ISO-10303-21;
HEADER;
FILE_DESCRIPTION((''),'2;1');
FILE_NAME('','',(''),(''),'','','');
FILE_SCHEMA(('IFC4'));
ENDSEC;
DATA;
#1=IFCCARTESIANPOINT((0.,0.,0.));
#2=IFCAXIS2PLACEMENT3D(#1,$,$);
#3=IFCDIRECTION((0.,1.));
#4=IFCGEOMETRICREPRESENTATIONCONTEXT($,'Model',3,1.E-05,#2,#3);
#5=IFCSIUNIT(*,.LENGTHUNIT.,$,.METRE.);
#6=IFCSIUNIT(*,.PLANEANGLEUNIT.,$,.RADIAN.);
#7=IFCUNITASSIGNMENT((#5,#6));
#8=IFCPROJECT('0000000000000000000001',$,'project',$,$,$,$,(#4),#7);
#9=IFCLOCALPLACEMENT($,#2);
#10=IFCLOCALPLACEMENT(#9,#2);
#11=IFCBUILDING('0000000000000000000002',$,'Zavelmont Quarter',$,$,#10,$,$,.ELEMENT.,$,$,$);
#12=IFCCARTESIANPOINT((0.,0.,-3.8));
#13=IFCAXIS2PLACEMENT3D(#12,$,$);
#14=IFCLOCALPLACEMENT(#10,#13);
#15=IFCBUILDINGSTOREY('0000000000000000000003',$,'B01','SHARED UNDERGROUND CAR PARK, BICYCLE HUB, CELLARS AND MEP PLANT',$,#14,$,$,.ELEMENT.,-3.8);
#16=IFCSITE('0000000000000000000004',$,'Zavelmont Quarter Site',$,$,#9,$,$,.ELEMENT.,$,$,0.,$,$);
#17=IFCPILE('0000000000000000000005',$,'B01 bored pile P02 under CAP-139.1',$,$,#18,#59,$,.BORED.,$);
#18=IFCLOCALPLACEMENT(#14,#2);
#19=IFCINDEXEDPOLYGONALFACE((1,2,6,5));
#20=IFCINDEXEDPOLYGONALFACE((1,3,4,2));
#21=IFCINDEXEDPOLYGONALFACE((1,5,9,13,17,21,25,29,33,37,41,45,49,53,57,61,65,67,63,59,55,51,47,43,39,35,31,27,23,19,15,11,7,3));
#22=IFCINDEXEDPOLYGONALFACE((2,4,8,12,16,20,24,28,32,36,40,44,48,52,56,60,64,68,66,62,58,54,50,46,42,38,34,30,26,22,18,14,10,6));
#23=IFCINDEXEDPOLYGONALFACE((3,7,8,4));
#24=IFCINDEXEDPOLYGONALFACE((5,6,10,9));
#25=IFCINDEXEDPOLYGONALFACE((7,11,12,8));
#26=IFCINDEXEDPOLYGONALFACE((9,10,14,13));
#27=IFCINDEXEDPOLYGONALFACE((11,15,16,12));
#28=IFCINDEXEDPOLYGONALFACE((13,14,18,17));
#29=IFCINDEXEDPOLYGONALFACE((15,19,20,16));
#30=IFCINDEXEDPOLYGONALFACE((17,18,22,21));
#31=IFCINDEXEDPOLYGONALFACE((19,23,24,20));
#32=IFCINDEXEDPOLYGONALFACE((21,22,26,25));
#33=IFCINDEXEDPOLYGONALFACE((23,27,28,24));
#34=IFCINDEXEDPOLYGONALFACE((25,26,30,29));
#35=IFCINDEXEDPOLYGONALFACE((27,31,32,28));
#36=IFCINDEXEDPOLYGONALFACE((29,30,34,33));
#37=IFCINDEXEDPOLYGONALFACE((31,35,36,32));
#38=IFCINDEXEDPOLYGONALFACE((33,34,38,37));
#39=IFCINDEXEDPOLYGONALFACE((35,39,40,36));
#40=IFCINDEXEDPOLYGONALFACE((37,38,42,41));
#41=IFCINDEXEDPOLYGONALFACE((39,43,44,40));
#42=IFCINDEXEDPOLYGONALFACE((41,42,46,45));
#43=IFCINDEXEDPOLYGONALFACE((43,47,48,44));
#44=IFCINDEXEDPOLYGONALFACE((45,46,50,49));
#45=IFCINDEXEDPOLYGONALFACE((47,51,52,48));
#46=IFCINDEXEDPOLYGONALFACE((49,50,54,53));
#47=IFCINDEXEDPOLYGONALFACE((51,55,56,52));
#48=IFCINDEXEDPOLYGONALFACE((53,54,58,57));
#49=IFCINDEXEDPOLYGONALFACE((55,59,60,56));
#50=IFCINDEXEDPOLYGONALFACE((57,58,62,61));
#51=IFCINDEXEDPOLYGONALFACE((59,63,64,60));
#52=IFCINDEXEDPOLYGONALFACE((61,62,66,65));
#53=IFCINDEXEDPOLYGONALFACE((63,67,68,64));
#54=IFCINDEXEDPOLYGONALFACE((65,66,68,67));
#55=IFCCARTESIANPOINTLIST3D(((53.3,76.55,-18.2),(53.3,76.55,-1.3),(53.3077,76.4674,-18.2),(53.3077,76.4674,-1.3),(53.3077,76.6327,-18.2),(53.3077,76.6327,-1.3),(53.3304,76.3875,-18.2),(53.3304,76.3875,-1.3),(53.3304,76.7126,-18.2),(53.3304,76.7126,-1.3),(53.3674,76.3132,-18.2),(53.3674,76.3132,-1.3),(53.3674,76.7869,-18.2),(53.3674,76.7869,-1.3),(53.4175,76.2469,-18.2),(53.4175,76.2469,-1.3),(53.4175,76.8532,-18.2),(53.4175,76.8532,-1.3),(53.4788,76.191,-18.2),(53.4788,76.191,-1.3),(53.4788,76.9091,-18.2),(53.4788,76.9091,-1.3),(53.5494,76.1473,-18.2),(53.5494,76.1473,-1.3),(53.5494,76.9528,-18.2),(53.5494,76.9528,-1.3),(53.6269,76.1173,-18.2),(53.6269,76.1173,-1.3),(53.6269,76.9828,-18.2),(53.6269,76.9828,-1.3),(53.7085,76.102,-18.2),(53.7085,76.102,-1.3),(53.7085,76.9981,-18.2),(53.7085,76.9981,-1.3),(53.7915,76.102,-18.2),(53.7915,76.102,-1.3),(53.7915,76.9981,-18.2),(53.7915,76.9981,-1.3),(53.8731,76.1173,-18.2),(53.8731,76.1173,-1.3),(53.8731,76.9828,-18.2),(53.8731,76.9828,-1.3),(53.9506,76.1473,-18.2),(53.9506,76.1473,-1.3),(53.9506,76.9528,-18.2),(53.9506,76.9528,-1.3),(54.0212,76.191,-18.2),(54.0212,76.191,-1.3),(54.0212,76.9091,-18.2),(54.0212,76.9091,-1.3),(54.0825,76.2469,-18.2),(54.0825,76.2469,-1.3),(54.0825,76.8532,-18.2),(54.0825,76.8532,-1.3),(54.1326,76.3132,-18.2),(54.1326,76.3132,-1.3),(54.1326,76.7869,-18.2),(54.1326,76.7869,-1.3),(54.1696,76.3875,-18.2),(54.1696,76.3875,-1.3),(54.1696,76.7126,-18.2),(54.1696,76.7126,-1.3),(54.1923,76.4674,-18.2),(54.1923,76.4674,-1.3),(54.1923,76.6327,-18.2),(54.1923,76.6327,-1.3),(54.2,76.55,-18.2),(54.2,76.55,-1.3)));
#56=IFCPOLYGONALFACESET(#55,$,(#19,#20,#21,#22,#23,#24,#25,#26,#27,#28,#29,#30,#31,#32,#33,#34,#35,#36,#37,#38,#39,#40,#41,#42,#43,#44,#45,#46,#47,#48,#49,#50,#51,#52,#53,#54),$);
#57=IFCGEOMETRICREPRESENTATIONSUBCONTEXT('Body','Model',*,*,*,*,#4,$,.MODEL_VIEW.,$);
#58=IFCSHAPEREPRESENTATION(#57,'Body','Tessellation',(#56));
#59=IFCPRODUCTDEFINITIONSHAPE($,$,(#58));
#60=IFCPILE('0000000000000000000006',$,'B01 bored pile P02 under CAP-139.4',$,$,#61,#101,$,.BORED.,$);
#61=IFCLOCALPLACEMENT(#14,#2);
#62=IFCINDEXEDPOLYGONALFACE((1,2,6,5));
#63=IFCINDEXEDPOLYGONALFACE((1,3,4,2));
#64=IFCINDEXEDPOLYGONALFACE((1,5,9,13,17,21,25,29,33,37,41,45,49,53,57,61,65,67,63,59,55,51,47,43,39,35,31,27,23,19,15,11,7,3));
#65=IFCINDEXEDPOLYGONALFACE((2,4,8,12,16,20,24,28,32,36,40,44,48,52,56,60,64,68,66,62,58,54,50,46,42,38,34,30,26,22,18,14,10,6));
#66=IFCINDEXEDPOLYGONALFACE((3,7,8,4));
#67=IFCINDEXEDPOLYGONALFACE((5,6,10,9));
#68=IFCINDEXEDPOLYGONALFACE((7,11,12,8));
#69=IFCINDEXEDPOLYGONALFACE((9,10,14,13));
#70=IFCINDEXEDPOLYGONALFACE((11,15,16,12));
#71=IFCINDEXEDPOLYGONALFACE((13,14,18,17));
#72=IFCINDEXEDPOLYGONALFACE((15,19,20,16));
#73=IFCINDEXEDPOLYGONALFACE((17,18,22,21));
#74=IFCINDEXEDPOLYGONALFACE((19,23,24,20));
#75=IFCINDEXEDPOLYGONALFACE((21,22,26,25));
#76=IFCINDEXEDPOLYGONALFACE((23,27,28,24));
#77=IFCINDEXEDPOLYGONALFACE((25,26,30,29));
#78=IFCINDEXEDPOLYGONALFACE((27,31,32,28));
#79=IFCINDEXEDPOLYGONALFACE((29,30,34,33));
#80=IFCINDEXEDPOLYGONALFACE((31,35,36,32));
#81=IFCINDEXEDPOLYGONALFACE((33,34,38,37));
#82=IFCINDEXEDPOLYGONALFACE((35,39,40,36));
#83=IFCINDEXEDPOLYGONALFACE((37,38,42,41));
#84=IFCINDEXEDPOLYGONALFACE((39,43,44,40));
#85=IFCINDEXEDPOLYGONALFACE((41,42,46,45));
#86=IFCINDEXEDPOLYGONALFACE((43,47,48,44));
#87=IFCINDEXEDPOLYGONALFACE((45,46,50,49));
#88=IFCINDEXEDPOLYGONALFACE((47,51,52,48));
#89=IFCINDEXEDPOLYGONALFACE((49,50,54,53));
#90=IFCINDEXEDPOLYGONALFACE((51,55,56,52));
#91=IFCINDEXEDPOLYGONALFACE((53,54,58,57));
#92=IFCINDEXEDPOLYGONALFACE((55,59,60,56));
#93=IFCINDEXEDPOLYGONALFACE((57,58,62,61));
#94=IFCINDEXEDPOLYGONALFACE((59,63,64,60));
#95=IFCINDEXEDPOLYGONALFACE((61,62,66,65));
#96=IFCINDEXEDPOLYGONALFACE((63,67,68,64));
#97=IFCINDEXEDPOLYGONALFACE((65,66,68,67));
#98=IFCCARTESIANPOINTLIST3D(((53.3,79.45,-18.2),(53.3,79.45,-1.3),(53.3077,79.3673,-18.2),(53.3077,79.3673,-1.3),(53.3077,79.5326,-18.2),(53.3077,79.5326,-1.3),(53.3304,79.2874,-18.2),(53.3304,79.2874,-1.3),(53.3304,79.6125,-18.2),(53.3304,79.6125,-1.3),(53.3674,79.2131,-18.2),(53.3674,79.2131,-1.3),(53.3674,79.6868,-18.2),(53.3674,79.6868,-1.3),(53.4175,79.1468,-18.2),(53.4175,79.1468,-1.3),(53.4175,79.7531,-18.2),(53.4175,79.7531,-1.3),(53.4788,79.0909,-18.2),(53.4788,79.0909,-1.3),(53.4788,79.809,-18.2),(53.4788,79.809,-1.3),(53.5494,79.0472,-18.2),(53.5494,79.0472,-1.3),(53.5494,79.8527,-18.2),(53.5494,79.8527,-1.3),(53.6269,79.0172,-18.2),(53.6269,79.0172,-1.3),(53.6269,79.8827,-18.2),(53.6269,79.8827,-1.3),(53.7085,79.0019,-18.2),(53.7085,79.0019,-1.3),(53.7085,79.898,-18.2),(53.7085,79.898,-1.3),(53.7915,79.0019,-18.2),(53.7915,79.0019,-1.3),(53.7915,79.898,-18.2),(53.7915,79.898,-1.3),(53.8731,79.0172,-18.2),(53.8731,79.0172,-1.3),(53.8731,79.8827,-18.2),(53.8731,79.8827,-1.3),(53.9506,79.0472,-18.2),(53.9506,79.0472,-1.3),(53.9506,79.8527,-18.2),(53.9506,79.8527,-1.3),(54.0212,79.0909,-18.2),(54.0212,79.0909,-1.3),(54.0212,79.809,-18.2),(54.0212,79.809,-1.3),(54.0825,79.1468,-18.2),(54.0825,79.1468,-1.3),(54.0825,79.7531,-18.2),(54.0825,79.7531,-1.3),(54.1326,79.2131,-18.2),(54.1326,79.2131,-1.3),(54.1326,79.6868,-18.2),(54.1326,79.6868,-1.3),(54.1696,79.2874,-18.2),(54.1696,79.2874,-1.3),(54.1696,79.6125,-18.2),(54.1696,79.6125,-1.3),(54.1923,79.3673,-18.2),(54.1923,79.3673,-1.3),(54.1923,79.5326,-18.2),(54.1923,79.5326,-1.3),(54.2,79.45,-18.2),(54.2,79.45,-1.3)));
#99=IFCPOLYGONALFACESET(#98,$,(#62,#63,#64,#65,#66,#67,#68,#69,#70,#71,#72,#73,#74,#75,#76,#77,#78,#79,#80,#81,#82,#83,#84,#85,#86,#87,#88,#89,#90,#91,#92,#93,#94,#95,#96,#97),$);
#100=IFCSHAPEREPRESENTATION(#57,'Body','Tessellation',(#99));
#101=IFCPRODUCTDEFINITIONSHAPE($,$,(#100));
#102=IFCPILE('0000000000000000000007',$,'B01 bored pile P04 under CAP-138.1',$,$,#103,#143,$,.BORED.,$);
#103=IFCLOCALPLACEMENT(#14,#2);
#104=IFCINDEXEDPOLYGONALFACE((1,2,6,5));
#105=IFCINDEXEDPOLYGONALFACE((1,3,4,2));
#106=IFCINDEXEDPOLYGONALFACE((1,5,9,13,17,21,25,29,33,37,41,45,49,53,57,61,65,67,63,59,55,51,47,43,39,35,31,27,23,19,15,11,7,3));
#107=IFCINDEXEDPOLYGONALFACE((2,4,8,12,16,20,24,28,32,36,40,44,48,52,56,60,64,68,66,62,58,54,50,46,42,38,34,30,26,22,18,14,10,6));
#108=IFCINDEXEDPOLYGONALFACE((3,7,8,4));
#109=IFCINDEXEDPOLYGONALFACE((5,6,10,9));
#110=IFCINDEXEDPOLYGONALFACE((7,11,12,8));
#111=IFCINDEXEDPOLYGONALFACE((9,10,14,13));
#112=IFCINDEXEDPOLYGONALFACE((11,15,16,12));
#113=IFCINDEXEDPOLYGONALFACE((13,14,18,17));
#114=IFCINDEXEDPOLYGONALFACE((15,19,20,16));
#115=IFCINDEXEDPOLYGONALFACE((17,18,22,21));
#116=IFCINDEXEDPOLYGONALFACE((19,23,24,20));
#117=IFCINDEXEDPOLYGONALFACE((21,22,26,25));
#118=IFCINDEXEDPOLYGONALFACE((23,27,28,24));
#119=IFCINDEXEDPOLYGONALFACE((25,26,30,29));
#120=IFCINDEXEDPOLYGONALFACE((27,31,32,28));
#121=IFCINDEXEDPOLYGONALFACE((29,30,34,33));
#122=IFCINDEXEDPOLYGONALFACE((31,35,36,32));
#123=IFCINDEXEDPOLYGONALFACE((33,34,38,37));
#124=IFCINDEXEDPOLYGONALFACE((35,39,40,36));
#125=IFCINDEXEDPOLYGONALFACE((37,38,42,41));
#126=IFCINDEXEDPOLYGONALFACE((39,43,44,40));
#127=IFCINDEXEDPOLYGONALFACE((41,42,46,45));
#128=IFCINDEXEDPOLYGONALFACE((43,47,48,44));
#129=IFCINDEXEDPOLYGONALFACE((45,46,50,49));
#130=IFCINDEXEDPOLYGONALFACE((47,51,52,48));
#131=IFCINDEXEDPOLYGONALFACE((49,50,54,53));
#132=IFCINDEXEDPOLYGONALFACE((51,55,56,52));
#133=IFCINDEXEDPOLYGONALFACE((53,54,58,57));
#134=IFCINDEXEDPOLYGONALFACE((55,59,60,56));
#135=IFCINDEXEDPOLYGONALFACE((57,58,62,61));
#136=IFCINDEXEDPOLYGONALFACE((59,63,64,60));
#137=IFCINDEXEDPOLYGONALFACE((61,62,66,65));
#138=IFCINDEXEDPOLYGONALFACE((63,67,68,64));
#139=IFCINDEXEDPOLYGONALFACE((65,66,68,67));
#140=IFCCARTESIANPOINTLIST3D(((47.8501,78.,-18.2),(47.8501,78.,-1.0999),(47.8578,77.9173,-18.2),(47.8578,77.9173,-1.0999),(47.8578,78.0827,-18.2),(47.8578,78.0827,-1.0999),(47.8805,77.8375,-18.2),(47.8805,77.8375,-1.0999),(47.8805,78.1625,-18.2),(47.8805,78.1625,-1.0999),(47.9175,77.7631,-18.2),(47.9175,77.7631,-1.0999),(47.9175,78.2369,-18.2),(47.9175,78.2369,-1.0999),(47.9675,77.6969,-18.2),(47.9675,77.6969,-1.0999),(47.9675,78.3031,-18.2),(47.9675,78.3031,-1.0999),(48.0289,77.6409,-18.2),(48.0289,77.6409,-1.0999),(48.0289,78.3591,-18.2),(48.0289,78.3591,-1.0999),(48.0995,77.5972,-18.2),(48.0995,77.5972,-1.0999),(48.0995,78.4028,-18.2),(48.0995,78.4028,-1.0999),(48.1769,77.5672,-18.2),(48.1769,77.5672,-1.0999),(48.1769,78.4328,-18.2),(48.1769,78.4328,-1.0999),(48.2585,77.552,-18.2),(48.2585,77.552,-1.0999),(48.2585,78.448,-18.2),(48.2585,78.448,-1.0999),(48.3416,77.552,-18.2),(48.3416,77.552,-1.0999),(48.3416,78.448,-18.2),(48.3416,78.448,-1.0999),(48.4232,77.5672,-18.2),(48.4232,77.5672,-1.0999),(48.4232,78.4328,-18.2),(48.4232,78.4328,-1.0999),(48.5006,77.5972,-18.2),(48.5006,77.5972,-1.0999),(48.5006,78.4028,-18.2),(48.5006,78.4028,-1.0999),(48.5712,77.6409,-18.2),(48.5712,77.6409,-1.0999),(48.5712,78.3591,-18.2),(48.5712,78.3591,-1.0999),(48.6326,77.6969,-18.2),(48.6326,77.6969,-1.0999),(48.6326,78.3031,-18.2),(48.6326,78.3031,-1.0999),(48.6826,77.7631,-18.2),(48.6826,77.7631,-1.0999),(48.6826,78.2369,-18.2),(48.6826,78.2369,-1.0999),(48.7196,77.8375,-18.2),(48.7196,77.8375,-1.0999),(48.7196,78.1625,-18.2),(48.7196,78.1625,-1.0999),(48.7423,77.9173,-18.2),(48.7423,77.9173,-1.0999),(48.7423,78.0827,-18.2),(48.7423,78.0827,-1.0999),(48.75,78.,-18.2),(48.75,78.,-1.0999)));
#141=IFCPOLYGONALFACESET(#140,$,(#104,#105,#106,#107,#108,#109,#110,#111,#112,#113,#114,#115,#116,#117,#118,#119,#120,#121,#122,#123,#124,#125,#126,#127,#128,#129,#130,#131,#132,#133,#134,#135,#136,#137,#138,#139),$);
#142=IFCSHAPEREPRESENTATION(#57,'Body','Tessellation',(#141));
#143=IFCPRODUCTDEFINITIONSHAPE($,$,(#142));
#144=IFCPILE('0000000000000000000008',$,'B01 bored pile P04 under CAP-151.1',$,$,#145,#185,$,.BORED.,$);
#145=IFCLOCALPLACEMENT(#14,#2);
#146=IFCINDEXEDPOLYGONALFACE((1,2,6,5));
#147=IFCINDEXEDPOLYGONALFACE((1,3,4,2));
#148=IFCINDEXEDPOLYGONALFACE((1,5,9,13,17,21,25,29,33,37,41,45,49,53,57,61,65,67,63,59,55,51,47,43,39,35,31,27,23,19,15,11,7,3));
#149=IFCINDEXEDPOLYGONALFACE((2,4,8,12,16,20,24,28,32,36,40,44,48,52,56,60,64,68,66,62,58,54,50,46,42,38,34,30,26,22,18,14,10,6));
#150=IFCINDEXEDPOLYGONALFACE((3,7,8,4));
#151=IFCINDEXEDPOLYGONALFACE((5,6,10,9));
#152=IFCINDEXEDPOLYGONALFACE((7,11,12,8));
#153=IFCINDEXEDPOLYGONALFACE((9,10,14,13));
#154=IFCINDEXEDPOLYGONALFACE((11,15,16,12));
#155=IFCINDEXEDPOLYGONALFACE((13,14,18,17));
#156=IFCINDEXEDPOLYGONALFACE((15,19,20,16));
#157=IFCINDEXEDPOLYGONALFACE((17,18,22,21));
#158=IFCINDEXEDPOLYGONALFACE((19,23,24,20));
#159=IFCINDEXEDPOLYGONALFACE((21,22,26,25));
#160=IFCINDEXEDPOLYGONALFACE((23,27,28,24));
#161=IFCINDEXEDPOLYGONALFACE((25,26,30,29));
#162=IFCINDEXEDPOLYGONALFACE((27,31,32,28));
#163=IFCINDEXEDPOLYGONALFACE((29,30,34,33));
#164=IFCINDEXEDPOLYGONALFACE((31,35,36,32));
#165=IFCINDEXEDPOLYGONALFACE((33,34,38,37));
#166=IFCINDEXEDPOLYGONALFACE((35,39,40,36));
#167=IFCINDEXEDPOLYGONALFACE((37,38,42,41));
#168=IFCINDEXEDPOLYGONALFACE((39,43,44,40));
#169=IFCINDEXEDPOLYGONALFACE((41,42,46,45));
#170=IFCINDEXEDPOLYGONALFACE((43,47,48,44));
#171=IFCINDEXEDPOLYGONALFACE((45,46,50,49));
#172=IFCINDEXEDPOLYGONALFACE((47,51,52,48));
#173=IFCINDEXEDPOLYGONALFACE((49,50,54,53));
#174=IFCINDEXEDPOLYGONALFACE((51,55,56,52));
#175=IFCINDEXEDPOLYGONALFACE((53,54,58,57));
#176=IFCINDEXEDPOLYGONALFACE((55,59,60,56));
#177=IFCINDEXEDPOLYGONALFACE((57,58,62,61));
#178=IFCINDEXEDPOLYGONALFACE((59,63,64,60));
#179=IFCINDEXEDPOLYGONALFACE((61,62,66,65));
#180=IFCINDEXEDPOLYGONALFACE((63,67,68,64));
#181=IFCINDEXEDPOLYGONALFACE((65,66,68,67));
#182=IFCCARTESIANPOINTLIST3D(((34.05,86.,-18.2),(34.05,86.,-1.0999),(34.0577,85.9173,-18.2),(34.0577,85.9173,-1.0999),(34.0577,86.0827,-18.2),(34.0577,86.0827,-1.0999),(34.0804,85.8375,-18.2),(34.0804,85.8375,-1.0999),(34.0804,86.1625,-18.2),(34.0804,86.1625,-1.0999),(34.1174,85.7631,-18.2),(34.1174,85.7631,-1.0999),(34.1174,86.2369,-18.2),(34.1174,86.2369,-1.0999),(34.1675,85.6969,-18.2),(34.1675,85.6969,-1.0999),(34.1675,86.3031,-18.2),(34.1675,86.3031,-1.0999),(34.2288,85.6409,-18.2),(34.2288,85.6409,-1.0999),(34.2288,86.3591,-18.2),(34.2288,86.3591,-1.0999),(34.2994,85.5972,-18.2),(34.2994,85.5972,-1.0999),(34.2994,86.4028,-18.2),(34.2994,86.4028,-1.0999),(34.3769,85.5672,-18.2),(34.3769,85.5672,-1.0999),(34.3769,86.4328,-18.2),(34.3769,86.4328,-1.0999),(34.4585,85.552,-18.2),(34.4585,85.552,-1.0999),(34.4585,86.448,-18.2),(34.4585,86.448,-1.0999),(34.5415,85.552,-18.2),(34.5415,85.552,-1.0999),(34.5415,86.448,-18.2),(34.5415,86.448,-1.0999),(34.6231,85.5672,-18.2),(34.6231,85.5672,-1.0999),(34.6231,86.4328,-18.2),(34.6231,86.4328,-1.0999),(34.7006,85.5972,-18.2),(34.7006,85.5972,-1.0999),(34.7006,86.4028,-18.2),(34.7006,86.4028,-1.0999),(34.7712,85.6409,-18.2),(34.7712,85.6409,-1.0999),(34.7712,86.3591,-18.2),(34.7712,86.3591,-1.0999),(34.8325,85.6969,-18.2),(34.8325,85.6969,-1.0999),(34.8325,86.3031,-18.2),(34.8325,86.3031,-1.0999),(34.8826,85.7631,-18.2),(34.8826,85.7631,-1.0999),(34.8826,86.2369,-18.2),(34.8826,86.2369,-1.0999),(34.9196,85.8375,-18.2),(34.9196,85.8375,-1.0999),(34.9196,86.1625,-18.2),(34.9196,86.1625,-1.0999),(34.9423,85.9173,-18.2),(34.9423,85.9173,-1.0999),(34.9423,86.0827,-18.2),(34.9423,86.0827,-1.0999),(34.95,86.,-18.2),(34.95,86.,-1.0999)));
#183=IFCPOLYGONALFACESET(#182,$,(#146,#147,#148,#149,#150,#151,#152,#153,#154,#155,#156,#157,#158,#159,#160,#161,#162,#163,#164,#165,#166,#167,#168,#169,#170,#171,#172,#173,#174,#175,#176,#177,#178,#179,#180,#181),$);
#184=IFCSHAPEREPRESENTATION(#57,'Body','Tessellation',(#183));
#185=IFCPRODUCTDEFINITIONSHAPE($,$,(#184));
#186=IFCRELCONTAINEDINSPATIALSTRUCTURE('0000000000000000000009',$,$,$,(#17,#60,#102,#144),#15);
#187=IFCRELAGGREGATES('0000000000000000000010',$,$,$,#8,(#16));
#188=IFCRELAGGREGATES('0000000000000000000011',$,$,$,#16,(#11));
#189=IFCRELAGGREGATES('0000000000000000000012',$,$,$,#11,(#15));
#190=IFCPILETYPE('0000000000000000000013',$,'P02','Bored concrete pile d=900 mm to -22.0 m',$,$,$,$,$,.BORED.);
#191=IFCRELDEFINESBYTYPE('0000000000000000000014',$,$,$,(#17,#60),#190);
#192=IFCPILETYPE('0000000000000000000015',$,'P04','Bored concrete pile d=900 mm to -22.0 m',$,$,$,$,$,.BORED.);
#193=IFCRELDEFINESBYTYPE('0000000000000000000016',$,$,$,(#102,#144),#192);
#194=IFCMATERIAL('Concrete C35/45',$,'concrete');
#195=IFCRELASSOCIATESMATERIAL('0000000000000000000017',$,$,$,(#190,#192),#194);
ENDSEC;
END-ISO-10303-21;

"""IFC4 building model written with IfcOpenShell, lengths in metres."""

from ifc_helpers import new_model, si_unit, direction, frame, origin, origin_2d, place, context, subcontext, project, spatial, circle, extrude, material, material_profile, profile_set, type_object, element, save


model = new_model("IFC4")

# Units and contexts
model_context = context("Model", 3, precision=1e-05, world=origin(), true_north=direction((0.0, 1.0)))
body_context = subcontext(model_context, "Body", "Model", "MODEL_VIEW")
ifc_project = project(units=[si_unit("LENGTHUNIT", "METRE"), si_unit("PLANEANGLEUNIT", "RADIAN")], contexts=[model_context])

# Site, building, storey
site_placement = place(None, origin())
site = spatial("IfcSite", under=ifc_project, at=site_placement, Name="Zavelmont Quarter Site", CompositionType="ELEMENT", RefElevation=0.0)
building_placement = place(site_placement, origin())
building = spatial("IfcBuilding", under=site, at=building_placement, Name="Zavelmont Quarter", CompositionType="ELEMENT")
storey_placement = place(building_placement, frame((0.0, 0.0, -3.8)))
storey = spatial("IfcBuildingStorey", under=building, at=storey_placement, Name="B01", Description="SHARED UNDERGROUND CAR PARK, BICYCLE HUB, CELLARS AND MEP PLANT", CompositionType="ELEMENT", Elevation=-3.8)

# Shared definitions
ifc_material = material(Name="Concrete C35/45", Category="concrete")

# Piles
ifc_material_profile_1 = material_profile(ifc_material, circle(Radius=0.45, at=origin_2d()), Name="BP900")
ifc_profile_set_1 = profile_set([ifc_material_profile_1], Name="Concrete C35/45")
pile_type_1 = type_object("IfcPileType", Name="P02", Description="Bored concrete pile d=900 mm to -22.0 m", PredefinedType="BORED", material=ifc_profile_set_1)
for number, where, z_axis, x_axis, name in (
    (1, (53.75, 76.55, -1.3), (0.0, 0.0, -1.0), (1.0, 0.0, 0.0), "B01 bored pile P02 under CAP-139.1"),
    (2, (53.75, 79.45, -1.3), (0.0, 0.0, -1.0), (1.0, 0.0, 0.0), "B01 bored pile P02 under CAP-139.4"),
):
    element("IfcPile", number, at=place(storey_placement, frame(where, z_axis=z_axis, x_axis=x_axis)), inside=storey, type_object=pile_type_1, Name=name, PredefinedType="BORED", context=body_context, shape_type="SweptSolid", body=[
        extrude(circle(Radius=0.45, at=origin_2d()), origin(), (0.0, 0.0, 1.0), 16.8999),
    ])
ifc_material_profile_2 = material_profile(ifc_material, circle(Radius=0.45, at=origin_2d()), Name="BP900")
ifc_profile_set_2 = profile_set([ifc_material_profile_2], Name="Concrete C35/45")
pile_type_2 = type_object("IfcPileType", Name="P04", Description="Bored concrete pile d=900 mm to -22.0 m", PredefinedType="BORED", material=ifc_profile_set_2)
for number, where, z_axis, x_axis, name in (
    (3, (48.3, 78.0, -1.0999), (0.0, 0.0, -1.0), (1.0, 0.0, 0.0), "B01 bored pile P04 under CAP-138.1"),
    (4, (34.5, 86.0, -1.0999), (0.0, 0.0, -1.0), (1.0, 0.0, 0.0), "B01 bored pile P04 under CAP-151.1"),
):
    element("IfcPile", number, at=place(storey_placement, frame(where, z_axis=z_axis, x_axis=x_axis)), inside=storey, type_object=pile_type_2, Name=name, PredefinedType="BORED", context=body_context, shape_type="SweptSolid", body=[
        extrude(circle(Radius=0.45, at=origin_2d()), origin(), (0.0, 0.0, 1.0), 17.1001),
    ])

save(model, "model.ifc")
